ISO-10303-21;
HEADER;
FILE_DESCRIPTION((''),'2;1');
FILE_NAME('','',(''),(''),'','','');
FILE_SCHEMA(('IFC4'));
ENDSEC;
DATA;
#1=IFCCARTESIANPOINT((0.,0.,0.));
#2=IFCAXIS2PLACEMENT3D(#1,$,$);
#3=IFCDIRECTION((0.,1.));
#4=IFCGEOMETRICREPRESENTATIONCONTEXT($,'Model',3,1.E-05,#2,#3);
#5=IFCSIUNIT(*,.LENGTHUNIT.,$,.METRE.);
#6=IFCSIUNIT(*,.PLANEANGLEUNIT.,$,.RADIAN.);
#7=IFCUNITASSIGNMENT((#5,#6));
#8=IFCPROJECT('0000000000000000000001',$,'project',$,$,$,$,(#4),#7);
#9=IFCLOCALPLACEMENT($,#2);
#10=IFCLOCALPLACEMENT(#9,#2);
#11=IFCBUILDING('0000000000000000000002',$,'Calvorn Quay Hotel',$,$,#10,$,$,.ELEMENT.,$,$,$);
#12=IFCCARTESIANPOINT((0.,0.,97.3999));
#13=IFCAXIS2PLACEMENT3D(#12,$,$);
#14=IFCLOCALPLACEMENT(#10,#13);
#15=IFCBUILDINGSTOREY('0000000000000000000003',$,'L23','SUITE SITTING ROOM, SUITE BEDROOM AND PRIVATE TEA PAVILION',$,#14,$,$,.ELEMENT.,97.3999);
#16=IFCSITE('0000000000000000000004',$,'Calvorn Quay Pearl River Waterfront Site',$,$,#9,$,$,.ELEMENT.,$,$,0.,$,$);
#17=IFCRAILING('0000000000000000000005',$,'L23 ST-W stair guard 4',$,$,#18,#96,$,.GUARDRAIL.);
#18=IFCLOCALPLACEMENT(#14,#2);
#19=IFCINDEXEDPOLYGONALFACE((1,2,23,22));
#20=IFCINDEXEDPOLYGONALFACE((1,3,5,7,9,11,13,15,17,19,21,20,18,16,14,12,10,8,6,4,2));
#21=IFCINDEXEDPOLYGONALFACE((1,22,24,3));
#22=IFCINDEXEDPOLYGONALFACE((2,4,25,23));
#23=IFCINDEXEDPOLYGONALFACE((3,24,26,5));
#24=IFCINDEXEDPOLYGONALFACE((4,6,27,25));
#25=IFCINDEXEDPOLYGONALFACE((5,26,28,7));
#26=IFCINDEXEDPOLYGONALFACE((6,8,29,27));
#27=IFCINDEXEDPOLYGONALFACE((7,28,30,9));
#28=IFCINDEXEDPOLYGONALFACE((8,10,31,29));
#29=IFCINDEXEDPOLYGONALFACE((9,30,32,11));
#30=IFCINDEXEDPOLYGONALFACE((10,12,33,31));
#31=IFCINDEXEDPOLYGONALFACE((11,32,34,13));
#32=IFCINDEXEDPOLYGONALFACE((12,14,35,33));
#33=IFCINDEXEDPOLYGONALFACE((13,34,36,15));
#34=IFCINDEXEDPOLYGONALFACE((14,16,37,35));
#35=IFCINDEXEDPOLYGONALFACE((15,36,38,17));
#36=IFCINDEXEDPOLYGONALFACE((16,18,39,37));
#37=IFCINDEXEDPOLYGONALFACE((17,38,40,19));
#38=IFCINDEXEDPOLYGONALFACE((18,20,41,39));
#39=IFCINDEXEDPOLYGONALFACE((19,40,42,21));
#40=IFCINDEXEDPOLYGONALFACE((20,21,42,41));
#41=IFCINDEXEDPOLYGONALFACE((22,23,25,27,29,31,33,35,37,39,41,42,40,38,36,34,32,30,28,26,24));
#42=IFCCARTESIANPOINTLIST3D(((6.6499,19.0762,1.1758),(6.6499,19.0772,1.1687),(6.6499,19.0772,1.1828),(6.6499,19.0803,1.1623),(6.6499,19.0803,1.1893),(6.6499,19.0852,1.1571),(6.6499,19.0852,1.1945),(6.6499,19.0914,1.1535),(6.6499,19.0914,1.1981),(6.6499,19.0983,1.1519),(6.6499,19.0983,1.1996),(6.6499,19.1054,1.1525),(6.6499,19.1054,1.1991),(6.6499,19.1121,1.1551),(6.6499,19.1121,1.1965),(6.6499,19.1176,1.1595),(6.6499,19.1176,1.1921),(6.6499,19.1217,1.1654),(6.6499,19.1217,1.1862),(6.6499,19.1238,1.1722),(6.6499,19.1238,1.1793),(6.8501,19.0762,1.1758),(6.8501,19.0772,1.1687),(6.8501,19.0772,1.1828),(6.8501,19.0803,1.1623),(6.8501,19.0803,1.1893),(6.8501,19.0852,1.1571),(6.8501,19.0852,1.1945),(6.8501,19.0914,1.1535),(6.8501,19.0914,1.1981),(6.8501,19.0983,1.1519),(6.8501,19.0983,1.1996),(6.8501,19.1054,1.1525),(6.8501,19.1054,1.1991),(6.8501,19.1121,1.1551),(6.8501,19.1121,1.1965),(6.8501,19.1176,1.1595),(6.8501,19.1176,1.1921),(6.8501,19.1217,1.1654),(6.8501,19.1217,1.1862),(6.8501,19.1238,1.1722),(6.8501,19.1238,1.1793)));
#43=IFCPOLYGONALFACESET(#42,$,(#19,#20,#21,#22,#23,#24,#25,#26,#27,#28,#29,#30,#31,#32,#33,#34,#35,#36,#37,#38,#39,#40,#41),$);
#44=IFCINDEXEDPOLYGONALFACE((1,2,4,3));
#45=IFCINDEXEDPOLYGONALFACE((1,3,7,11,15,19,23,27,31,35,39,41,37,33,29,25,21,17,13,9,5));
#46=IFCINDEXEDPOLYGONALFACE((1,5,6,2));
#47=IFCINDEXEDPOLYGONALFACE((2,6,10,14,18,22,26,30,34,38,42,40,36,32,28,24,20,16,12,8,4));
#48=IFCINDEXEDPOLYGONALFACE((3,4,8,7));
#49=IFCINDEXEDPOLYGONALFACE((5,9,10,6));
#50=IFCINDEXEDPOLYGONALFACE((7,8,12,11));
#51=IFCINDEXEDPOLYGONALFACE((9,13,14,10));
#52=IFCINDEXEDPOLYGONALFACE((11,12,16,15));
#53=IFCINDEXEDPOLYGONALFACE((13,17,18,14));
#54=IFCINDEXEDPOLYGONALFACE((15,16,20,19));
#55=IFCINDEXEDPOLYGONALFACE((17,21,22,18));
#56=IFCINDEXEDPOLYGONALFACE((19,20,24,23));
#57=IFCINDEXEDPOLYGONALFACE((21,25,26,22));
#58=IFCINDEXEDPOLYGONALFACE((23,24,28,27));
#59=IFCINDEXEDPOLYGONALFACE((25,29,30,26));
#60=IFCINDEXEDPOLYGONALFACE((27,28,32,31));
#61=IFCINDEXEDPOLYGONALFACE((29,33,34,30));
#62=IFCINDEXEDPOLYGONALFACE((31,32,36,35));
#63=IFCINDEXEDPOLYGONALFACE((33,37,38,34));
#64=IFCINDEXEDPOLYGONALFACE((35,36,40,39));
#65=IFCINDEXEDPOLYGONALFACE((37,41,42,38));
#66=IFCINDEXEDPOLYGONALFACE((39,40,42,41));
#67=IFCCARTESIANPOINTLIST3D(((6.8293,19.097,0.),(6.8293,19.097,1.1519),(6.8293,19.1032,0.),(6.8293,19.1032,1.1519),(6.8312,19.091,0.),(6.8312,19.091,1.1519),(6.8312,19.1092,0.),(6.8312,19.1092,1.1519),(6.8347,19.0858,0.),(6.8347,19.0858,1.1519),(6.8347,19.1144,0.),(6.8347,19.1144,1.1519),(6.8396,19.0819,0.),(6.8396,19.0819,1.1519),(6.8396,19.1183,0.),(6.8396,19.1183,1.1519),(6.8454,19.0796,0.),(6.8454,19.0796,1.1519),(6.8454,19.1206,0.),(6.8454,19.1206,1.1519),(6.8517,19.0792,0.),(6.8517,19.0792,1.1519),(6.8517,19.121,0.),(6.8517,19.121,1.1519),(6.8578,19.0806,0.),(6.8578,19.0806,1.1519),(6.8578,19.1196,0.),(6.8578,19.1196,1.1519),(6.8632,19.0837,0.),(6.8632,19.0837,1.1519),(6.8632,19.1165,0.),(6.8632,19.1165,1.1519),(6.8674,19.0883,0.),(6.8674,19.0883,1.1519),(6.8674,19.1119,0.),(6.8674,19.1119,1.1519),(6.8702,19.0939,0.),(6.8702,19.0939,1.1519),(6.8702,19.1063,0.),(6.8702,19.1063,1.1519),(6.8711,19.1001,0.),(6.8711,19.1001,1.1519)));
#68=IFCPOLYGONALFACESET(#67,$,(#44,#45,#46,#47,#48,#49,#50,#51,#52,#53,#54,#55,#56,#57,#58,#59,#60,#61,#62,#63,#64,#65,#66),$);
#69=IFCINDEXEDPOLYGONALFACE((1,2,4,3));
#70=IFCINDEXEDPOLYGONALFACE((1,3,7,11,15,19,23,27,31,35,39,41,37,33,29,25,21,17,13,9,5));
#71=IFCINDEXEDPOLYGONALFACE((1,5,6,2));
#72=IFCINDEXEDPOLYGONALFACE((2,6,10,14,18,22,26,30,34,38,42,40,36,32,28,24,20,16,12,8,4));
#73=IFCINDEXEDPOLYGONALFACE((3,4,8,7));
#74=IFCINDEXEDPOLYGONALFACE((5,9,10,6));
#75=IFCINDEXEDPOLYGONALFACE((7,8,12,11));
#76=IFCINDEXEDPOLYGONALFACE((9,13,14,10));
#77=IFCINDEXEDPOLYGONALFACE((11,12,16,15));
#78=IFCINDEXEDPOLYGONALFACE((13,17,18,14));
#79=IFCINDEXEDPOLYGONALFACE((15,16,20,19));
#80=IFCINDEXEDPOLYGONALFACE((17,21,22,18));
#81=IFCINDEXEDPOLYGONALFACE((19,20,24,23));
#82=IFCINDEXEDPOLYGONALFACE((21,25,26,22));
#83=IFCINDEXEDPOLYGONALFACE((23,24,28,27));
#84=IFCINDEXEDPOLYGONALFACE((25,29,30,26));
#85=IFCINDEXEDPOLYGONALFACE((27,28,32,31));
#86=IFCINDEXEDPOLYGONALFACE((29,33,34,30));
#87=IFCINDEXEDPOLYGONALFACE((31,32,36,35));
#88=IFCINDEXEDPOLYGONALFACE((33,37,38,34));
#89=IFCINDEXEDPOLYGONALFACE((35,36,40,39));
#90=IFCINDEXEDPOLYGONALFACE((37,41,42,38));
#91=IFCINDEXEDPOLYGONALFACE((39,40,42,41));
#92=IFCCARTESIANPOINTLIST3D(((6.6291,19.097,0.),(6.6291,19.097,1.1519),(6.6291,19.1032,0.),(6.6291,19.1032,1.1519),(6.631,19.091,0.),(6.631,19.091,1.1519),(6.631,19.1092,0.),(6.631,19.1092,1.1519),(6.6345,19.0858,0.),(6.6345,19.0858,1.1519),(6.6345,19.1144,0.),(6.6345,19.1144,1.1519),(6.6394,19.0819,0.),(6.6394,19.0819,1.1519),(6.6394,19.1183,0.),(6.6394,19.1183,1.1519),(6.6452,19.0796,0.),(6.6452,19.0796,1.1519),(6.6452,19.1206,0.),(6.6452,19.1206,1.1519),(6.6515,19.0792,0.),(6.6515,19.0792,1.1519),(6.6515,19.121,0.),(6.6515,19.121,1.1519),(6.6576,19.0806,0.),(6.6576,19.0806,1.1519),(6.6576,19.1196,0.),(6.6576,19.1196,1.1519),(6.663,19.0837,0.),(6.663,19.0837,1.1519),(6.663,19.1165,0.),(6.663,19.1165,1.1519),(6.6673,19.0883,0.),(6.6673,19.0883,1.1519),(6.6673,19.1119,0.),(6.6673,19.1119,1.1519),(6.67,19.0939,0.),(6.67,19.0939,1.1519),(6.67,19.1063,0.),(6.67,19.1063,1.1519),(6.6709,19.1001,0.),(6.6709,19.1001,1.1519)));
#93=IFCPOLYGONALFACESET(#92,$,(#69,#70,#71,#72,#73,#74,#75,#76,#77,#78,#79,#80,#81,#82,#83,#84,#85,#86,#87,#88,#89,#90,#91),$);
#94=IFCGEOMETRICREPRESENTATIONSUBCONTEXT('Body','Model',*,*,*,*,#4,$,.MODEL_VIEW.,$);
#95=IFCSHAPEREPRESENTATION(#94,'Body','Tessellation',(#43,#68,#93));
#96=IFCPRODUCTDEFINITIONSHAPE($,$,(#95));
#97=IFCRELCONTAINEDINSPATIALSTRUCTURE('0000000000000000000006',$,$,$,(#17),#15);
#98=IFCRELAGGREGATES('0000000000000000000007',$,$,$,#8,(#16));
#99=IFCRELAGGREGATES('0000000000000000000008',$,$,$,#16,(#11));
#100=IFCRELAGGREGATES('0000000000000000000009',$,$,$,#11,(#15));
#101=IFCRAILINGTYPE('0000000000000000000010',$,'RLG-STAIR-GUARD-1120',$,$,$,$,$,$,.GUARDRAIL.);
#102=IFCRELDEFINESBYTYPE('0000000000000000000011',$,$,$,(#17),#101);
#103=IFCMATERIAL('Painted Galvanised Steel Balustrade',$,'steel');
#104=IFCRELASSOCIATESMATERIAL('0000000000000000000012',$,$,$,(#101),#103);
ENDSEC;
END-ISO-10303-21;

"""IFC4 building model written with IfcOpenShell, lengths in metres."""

from ifc_helpers import new_model, si_unit, direction, frame, origin, origin_2d, place, context, subcontext, project, spatial, circle, extrude, material, type_object, element, save


model = new_model("IFC4")

# Units and contexts
model_context = context("Model", 3, precision=1e-05, world=origin(), true_north=direction((0.0, 1.0)))
body_context = subcontext(model_context, "Body", "Model", "MODEL_VIEW")
ifc_project = project(units=[si_unit("LENGTHUNIT", "METRE"), si_unit("PLANEANGLEUNIT", "RADIAN")], contexts=[model_context])

# Site, building, storey
site_placement = place(None, origin())
site = spatial("IfcSite", under=ifc_project, at=site_placement, Name="Calvorn Quay Pearl River Waterfront Site", CompositionType="ELEMENT", RefElevation=0.0)
building_placement = place(site_placement, origin())
building = spatial("IfcBuilding", under=site, at=building_placement, Name="Calvorn Quay Hotel", CompositionType="ELEMENT")
storey_placement = place(building_placement, frame((0.0, 0.0, 97.3999)))
storey = spatial("IfcBuildingStorey", under=building, at=storey_placement, Name="L23", Description="SUITE SITTING ROOM, SUITE BEDROOM AND PRIVATE TEA PAVILION", CompositionType="ELEMENT", Elevation=97.3999)

# Railing
ifc_material_1 = material(Name="Painted Galvanised Steel Balustrade", Category="steel")
railing_type_1 = type_object("IfcRailingType", Name="RLG-STAIR-GUARD-1120", PredefinedType="GUARDRAIL", material=ifc_material_1)
railing_1_placement = place(storey_placement, frame((6.8501, 19.1001, 0.0)))
element("IfcRailing", 1, at=railing_1_placement, inside=storey, type_object=railing_type_1, Name="L23 ST-W stair guard 4", PredefinedType="GUARDRAIL", context=body_context, shape_type="SweptSolid", body=[
    extrude(circle(Radius=0.0239, at=origin_2d()), frame((0.0, 0.0, 1.1758), z_axis=(-1.0, 0.0, 0.0), x_axis=(0.0, -1.0, 0.0)), (0.0, 0.0, 1.0), 0.2002),
    extrude(circle(Radius=0.021, at=origin_2d()), origin(), (0.0, 0.0, 1.0), 1.1519),
    extrude(circle(Radius=0.021, at=origin_2d()), frame((-0.2002, 0.0, 0.0)), (0.0, 0.0, 1.0), 1.1519),
])

save(model, "model.ifc")
